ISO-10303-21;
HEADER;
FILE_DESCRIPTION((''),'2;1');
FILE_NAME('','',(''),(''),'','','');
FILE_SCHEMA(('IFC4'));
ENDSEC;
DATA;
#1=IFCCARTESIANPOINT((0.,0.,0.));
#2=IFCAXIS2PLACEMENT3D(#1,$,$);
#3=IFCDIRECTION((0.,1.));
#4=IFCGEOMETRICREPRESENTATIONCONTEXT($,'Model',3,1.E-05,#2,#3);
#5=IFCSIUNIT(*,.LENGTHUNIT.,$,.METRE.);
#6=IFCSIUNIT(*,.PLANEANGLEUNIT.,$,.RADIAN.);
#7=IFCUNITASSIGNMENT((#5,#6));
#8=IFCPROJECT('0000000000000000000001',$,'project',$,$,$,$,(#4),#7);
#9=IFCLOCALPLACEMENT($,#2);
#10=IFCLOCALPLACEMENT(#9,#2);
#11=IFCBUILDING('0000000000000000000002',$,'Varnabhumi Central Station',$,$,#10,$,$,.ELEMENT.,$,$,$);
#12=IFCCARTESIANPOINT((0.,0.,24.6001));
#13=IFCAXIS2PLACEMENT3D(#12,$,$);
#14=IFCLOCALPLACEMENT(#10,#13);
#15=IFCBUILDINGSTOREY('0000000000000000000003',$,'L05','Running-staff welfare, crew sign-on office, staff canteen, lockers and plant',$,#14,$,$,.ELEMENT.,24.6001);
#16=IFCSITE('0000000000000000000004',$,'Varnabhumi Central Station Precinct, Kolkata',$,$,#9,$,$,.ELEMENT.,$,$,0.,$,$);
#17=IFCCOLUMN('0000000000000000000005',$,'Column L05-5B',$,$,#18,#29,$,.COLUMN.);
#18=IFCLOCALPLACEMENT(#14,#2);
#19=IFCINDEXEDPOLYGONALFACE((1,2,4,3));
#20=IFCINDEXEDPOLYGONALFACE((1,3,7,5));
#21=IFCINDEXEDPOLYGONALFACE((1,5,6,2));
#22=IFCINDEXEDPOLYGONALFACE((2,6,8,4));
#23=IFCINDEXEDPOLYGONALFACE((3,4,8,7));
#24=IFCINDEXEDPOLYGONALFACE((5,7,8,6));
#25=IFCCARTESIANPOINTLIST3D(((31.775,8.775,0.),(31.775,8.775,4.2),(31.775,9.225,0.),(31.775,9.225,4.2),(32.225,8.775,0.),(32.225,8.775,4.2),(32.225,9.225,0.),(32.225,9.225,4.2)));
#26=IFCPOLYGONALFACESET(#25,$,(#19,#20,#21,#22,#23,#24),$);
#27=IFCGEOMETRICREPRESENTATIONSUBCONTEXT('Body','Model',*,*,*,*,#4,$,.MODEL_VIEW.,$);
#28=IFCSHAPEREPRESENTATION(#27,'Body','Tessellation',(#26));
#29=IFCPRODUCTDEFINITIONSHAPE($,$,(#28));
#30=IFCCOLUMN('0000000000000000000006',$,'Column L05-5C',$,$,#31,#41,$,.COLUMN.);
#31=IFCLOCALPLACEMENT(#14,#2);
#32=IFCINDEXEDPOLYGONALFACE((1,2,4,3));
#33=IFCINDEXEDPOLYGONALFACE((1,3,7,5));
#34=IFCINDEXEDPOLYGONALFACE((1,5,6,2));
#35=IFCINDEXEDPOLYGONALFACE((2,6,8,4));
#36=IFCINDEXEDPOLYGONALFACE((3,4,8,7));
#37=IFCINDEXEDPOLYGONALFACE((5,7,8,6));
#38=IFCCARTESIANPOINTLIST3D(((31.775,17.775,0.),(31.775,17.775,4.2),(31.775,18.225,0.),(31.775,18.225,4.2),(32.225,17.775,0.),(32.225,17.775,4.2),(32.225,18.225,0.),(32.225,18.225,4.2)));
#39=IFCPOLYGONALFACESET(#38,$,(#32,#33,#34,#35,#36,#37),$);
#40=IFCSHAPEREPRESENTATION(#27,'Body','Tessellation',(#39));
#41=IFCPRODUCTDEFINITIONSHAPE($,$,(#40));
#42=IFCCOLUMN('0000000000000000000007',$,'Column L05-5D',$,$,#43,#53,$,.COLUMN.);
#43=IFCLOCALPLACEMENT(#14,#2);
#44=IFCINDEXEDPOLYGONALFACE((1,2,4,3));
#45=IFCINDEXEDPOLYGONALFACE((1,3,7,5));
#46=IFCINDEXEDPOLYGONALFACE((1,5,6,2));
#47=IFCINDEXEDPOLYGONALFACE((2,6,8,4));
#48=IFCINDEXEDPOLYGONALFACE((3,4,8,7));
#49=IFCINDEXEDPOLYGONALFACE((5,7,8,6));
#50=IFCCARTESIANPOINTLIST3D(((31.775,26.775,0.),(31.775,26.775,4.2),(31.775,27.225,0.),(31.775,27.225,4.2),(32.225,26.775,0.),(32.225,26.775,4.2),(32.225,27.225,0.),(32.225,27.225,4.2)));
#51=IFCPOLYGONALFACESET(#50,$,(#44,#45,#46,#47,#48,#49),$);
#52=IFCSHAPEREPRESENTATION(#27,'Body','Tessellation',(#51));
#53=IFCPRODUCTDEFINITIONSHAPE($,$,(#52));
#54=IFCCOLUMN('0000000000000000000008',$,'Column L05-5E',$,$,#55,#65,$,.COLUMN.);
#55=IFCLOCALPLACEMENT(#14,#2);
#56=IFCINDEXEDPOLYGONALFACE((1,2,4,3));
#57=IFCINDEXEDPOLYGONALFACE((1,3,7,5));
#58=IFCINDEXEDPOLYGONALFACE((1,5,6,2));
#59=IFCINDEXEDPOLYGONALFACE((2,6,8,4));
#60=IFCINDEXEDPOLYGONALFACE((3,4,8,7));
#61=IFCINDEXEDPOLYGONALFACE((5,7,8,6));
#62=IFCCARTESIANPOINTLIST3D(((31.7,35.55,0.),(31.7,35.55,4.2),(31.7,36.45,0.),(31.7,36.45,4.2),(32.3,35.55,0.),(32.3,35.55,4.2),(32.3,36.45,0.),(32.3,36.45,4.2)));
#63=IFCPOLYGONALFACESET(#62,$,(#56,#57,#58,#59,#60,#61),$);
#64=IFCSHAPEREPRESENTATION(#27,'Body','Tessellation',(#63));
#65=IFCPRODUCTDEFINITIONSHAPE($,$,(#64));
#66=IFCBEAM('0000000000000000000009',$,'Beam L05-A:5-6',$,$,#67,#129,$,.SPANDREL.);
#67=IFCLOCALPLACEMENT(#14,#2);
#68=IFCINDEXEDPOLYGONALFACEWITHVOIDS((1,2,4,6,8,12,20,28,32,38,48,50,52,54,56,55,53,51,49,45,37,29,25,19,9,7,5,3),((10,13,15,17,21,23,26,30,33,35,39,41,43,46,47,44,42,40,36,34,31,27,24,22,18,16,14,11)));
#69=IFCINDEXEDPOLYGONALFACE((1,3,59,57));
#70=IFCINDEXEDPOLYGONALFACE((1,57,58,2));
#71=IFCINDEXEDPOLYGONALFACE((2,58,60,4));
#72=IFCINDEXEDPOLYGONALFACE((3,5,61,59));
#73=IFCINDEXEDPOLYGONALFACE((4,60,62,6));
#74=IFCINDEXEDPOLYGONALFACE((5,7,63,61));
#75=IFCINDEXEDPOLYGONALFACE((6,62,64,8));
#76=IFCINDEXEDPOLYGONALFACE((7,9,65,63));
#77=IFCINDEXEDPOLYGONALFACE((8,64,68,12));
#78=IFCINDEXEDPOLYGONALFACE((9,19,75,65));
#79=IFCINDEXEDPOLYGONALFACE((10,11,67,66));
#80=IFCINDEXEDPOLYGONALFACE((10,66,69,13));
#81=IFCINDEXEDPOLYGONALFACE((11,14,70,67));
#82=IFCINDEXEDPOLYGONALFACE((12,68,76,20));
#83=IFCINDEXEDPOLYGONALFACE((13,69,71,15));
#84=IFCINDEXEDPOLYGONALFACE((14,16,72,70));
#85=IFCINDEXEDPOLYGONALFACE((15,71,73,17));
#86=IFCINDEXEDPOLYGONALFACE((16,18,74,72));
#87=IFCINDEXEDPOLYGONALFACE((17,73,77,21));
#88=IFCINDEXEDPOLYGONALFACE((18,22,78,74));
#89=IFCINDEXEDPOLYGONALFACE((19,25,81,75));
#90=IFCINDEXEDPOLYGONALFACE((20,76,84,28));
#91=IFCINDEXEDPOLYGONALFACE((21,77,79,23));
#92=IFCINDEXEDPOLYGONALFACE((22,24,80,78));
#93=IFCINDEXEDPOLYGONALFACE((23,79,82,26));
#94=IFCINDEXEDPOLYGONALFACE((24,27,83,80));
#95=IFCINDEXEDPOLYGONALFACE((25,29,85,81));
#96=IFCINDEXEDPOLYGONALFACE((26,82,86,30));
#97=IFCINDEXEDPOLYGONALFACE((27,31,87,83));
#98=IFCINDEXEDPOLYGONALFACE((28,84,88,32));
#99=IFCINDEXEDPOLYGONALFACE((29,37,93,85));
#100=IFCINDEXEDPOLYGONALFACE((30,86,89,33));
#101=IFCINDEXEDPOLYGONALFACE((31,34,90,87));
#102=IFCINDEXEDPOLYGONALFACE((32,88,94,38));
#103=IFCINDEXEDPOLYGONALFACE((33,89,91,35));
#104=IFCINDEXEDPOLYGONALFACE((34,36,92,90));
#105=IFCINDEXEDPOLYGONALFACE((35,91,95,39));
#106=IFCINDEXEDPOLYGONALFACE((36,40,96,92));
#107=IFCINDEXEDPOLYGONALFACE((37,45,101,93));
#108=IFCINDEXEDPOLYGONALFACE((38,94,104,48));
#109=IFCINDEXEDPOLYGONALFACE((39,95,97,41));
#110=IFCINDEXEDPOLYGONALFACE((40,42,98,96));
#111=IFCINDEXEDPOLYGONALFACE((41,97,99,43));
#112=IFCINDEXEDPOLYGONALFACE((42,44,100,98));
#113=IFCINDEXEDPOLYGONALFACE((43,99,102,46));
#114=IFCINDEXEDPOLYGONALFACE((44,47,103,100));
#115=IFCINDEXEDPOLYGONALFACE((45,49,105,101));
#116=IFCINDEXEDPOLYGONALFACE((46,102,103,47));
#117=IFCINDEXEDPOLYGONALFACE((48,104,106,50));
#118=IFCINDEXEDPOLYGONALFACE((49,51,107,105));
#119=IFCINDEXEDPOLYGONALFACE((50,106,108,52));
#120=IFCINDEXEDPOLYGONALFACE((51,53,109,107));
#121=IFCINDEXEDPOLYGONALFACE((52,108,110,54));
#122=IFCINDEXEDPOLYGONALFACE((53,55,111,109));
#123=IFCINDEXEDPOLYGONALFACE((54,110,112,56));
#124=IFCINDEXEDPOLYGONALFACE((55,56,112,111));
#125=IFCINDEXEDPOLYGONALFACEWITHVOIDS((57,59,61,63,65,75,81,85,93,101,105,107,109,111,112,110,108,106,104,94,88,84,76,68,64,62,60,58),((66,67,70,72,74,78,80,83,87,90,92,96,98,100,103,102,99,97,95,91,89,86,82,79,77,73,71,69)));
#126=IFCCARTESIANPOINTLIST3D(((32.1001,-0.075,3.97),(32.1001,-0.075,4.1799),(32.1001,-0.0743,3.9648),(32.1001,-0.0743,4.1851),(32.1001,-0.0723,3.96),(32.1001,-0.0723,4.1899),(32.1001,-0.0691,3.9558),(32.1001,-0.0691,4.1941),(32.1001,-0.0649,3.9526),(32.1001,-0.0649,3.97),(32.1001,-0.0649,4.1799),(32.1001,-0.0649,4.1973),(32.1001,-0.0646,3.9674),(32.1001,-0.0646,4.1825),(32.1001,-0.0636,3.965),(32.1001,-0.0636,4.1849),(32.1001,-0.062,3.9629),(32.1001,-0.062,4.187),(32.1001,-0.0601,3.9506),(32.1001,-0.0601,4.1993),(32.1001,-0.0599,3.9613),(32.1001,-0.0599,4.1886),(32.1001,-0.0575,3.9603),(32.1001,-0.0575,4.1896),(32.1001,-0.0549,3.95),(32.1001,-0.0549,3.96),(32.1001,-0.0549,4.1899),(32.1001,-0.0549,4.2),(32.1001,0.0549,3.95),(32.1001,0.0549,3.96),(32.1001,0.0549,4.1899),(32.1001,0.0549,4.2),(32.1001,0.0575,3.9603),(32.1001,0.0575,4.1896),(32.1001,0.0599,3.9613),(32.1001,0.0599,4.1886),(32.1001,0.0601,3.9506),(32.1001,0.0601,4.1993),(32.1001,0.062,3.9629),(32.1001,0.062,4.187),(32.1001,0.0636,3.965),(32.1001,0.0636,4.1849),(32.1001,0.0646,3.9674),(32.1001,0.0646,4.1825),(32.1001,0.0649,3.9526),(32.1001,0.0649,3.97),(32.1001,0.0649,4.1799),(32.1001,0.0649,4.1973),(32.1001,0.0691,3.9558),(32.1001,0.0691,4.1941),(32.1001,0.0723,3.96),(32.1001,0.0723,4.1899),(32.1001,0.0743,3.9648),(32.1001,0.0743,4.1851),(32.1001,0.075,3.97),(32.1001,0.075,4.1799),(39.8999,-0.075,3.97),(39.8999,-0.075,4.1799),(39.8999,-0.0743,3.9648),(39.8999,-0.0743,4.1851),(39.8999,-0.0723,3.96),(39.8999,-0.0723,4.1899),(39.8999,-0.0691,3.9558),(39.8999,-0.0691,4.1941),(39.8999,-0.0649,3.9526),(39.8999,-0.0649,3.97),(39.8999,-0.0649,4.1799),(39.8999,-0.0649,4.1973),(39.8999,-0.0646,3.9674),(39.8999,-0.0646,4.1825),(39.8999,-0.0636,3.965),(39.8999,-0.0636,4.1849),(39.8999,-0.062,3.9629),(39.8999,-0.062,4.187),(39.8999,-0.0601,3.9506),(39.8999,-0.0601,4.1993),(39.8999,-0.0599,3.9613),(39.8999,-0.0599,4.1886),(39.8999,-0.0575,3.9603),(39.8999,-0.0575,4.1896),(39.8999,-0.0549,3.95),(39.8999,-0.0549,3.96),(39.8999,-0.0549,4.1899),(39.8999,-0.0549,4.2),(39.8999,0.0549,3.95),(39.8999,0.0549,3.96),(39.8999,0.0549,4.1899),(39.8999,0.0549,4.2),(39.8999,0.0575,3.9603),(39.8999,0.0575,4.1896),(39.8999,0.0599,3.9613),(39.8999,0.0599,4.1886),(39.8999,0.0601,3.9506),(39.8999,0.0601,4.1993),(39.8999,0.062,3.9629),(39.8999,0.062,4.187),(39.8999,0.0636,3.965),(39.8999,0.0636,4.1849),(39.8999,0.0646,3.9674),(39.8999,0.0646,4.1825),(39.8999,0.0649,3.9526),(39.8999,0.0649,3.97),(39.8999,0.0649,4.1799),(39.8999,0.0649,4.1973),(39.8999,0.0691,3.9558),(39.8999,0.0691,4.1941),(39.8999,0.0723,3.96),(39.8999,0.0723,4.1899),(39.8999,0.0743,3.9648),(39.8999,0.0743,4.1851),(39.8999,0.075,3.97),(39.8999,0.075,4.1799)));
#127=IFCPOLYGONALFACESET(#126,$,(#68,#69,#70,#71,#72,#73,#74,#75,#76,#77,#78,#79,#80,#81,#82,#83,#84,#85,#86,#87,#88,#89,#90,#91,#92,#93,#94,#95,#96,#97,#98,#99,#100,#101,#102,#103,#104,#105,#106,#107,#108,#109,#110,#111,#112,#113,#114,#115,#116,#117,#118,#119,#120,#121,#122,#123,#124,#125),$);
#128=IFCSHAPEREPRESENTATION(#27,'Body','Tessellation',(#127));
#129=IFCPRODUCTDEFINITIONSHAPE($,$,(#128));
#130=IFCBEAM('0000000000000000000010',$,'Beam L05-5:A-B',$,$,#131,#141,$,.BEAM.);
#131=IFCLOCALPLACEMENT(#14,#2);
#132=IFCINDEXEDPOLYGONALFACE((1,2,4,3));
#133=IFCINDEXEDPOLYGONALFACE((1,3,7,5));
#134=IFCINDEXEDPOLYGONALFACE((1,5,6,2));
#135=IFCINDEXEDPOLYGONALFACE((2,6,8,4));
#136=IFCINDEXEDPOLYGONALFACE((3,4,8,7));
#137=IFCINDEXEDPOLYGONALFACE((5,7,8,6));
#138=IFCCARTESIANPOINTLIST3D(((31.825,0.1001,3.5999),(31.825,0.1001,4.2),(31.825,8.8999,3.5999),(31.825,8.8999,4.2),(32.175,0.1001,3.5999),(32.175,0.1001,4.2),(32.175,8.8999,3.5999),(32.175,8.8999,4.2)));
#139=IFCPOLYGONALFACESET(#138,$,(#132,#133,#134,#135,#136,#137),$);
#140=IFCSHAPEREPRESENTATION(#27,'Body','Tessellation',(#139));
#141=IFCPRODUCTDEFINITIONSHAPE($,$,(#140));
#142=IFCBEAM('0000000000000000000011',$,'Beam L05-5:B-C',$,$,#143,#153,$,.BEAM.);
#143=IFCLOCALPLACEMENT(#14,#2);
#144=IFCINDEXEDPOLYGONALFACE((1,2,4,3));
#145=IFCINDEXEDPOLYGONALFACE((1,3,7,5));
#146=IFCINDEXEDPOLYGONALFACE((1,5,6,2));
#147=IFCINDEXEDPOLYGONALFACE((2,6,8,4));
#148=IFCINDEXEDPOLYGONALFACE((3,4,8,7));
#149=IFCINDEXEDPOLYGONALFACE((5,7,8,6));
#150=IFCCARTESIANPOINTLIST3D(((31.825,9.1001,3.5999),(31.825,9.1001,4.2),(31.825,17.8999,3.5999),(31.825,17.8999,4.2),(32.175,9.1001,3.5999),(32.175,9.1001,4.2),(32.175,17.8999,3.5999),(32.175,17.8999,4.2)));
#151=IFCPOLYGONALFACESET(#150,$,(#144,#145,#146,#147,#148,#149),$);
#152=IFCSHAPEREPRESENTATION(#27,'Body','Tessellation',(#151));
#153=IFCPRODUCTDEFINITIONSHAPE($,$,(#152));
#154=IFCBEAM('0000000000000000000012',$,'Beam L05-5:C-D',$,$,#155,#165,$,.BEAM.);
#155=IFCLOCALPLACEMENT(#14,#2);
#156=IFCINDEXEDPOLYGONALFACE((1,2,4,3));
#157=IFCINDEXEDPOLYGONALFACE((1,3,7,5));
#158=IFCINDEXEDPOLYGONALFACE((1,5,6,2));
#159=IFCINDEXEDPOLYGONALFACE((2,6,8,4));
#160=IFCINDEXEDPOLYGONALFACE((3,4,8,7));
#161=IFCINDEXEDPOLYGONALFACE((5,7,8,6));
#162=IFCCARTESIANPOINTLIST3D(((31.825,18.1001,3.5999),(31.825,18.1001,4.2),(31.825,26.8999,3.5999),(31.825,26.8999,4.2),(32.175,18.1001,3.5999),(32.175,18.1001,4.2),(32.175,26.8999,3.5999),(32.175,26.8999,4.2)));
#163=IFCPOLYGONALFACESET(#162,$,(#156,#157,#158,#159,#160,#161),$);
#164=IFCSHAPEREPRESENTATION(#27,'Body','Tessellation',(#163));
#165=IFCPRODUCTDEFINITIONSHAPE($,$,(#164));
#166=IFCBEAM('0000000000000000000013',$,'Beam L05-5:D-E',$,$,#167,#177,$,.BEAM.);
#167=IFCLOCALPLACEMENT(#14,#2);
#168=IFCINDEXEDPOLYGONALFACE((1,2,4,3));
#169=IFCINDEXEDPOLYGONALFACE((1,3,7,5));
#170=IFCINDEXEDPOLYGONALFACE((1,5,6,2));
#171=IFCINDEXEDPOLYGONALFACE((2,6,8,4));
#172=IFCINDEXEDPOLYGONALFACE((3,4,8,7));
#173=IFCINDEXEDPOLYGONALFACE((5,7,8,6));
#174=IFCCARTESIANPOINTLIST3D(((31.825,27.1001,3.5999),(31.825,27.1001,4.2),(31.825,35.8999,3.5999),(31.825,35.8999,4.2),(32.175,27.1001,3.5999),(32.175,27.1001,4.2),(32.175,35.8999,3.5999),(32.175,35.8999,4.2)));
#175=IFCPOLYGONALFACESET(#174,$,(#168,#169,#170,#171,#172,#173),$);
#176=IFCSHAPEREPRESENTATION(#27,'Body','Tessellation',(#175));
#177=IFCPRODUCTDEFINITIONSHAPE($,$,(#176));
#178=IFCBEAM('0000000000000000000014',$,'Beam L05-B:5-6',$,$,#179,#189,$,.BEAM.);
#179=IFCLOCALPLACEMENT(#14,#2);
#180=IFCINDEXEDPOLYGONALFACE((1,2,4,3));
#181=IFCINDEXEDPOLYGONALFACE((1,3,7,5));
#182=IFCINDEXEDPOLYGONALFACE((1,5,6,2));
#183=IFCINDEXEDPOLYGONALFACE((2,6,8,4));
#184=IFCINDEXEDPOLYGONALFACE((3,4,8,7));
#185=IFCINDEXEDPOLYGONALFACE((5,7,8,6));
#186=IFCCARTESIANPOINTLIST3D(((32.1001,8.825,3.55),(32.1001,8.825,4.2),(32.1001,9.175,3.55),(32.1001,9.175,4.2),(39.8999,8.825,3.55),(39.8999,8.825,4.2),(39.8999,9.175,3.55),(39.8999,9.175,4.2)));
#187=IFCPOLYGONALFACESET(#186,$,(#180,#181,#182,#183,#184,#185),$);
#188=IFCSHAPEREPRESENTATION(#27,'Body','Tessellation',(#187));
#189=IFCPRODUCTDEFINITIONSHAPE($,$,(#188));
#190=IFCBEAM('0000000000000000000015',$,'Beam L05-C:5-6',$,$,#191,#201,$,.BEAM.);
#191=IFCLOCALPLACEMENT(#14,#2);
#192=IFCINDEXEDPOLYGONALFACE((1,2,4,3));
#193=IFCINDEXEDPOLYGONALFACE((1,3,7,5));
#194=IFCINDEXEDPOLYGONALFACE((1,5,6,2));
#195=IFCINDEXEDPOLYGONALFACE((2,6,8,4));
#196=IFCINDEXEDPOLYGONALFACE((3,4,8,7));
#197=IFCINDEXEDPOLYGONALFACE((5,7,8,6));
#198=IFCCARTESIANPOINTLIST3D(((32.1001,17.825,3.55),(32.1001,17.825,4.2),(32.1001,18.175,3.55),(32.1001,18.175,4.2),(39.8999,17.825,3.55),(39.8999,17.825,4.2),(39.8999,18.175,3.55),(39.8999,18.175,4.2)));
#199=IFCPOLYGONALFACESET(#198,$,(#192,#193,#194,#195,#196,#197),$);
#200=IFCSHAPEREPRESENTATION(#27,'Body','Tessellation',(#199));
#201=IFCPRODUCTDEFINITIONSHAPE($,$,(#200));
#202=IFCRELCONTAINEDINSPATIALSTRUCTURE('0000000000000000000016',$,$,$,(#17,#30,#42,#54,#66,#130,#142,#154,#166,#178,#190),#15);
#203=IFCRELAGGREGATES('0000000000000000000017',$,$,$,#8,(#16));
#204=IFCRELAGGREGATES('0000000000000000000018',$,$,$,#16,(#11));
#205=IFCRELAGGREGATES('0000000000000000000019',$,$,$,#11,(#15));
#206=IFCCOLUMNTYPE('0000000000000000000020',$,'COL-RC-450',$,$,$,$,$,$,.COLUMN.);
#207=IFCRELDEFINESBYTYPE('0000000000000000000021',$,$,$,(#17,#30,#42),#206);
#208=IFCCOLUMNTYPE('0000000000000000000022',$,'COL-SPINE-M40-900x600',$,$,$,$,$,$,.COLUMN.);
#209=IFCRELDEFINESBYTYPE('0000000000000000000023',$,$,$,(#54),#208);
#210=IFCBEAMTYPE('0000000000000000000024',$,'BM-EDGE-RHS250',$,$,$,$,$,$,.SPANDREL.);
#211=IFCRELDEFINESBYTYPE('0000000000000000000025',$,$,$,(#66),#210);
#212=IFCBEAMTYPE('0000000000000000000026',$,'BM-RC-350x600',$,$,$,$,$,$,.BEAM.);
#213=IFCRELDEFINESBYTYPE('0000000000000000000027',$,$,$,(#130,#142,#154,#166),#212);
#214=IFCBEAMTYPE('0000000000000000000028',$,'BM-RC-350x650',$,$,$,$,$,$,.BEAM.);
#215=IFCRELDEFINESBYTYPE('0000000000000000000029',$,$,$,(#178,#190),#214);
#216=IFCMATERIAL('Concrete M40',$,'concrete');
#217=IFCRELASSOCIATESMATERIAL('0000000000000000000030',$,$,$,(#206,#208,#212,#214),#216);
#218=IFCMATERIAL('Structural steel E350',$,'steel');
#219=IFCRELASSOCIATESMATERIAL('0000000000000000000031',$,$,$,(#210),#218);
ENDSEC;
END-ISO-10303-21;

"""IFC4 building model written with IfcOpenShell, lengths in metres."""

from ifc_helpers import new_model, si_unit, direction, frame, origin, origin_2d, place, context, subcontext, project, spatial, rectangle, hollow_rectangle, extrude, material, material_profile, profile_set, type_object, element, save


model = new_model("IFC4")

# Units and contexts
model_context = context("Model", 3, precision=1e-05, world=origin(), true_north=direction((0.0, 1.0)))
body_context = subcontext(model_context, "Body", "Model", "MODEL_VIEW")
ifc_project = project(units=[si_unit("LENGTHUNIT", "METRE"), si_unit("PLANEANGLEUNIT", "RADIAN")], contexts=[model_context])

# Site, building, storey
site_placement = place(None, origin())
site = spatial("IfcSite", under=ifc_project, at=site_placement, Name="Varnabhumi Central Station Precinct, Kolkata", CompositionType="ELEMENT", RefElevation=0.0)
building_placement = place(site_placement, origin())
building = spatial("IfcBuilding", under=site, at=building_placement, Name="Varnabhumi Central Station", CompositionType="ELEMENT")
storey_placement = place(building_placement, frame((0.0, 0.0, 24.6001)))
storey = spatial("IfcBuildingStorey", under=building, at=storey_placement, Name="L05", Description="Running-staff welfare, crew sign-on office, staff canteen, lockers and plant", CompositionType="ELEMENT", Elevation=24.6001)

# Columns
ifc_material_1 = material(Name="Concrete M40", Category="concrete")
ifc_material_profile_1 = material_profile(ifc_material_1, rectangle(XDim=0.45, YDim=0.45, at=origin_2d()), Name="Concrete M40", Category="concrete")
ifc_profile_set_1 = profile_set([ifc_material_profile_1], Name="Concrete M40")
column_type_1 = type_object("IfcColumnType", Name="COL-RC-450", PredefinedType="COLUMN", material=ifc_profile_set_1)
for number, where, z_axis, x_axis, name in (
    (1, (32.0, 9.0, 0.0), (0.0, 0.0, 1.0), (1.0, 0.0, 0.0), "Column L05-5B"),
    (2, (32.0, 18.0, 0.0), (0.0, 0.0, 1.0), (1.0, 0.0, 0.0), "Column L05-5C"),
    (3, (32.0, 27.0, 0.0), (0.0, 0.0, 1.0), (1.0, 0.0, 0.0), "Column L05-5D"),
):
    element("IfcColumn", number, at=place(storey_placement, frame(where, z_axis=z_axis, x_axis=x_axis)), inside=storey, type_object=column_type_1, Name=name, PredefinedType="COLUMN", context=body_context, shape_type="SweptSolid", body=[
        extrude(rectangle(XDim=0.45, YDim=0.45, at=origin_2d()), origin(), (0.0, 0.0, 1.0), 4.2),
    ])
ifc_material_profile_2 = material_profile(ifc_material_1, rectangle(XDim=0.6001, YDim=0.8999, at=origin_2d()), Name="Concrete M40", Category="concrete")
ifc_profile_set_2 = profile_set([ifc_material_profile_2], Name="Concrete M40")
column_type_2 = type_object("IfcColumnType", Name="COL-SPINE-M40-900x600", PredefinedType="COLUMN", material=ifc_profile_set_2)
column_placement = place(storey_placement, frame((32.0, 36.0, 0.0), z_axis=(0.0, 0.0, 1.0), x_axis=(1.0, 0.0, 0.0)))
element("IfcColumn", 4, at=column_placement, inside=storey, type_object=column_type_2, Name="Column L05-5E", PredefinedType="COLUMN", context=body_context, shape_type="SweptSolid", body=[
    extrude(rectangle(XDim=0.6001, YDim=0.8999, at=origin_2d()), origin(), (0.0, 0.0, 1.0), 4.2),
])

# Beams
ifc_material_2 = material(Name="Structural steel E350", Category="steel")
ifc_material_profile_3 = material_profile(ifc_material_2, hollow_rectangle(XDim=0.1499, YDim=0.25, WallThickness=0.01, InnerFilletRadius=0.01, OuterFilletRadius=0.02, at=origin_2d()), Name="Structural steel E350", Category="steel")
ifc_profile_set_3 = profile_set([ifc_material_profile_3], Name="Structural steel E350")
beam_type_1 = type_object("IfcBeamType", Name="BM-EDGE-RHS250", PredefinedType="SPANDREL", material=ifc_profile_set_3)
beam_1_placement = place(storey_placement, frame((32.1001, 0.0, 4.075), z_axis=(1.0, 0.0, 0.0), x_axis=(0.0, 1.0, 0.0)))
element("IfcBeam", 5, at=beam_1_placement, inside=storey, type_object=beam_type_1, Name="Beam L05-A:5-6", PredefinedType="SPANDREL", context=body_context, shape_type="SweptSolid", body=[
    extrude(hollow_rectangle(XDim=0.1499, YDim=0.25, WallThickness=0.01, InnerFilletRadius=0.01, OuterFilletRadius=0.02, at=origin_2d()), origin(), (0.0, 0.0, 1.0), 7.7998),
])
ifc_material_profile_4 = material_profile(ifc_material_1, rectangle(XDim=0.3501, YDim=0.6001, at=origin_2d()), Name="Concrete M40", Category="concrete")
ifc_profile_set_4 = profile_set([ifc_material_profile_4], Name="Concrete M40")
beam_type_2 = type_object("IfcBeamType", Name="BM-RC-350x600", PredefinedType="BEAM", material=ifc_profile_set_4)
for number, where, z_axis, x_axis, name in (
    (6, (32.0, 0.1001, 3.8999), (0.0, 1.0, 0.0), (-1.0, 0.0, 0.0), "Beam L05-5:A-B"),
    (7, (32.0, 9.1001, 3.8999), (0.0, 1.0, 0.0), (-1.0, 0.0, 0.0), "Beam L05-5:B-C"),
    (8, (32.0, 18.1001, 3.8999), (0.0, 1.0, 0.0), (-1.0, 0.0, 0.0), "Beam L05-5:C-D"),
    (9, (32.0, 27.1001, 3.8999), (0.0, 1.0, 0.0), (-1.0, 0.0, 0.0), "Beam L05-5:D-E"),
):
    element("IfcBeam", number, at=place(storey_placement, frame(where, z_axis=z_axis, x_axis=x_axis)), inside=storey, type_object=beam_type_2, Name=name, PredefinedType="BEAM", context=body_context, shape_type="SweptSolid", body=[
        extrude(rectangle(XDim=0.3501, YDim=0.6001, at=origin_2d()), origin(), (0.0, 0.0, 1.0), 8.7998),
    ])
ifc_material_profile_5 = material_profile(ifc_material_1, rectangle(XDim=0.3501, YDim=0.6499, at=origin_2d()), Name="Concrete M40", Category="concrete")
ifc_profile_set_5 = profile_set([ifc_material_profile_5], Name="Concrete M40")
beam_type_3 = type_object("IfcBeamType", Name="BM-RC-350x650", PredefinedType="BEAM", material=ifc_profile_set_5)
for number, where, z_axis, x_axis, name in (
    (10, (32.1001, 9.0, 3.875), (1.0, 0.0, 0.0), (0.0, 1.0, 0.0), "Beam L05-B:5-6"),
    (11, (32.1001, 18.0, 3.875), (1.0, 0.0, 0.0), (0.0, 1.0, 0.0), "Beam L05-C:5-6"),
):
    element("IfcBeam", number, at=place(storey_placement, frame(where, z_axis=z_axis, x_axis=x_axis)), inside=storey, type_object=beam_type_3, Name=name, PredefinedType="BEAM", context=body_context, shape_type="SweptSolid", body=[
        extrude(rectangle(XDim=0.3501, YDim=0.6499, at=origin_2d()), origin(), (0.0, 0.0, 1.0), 7.7998),
    ])

save(model, "model.ifc")
